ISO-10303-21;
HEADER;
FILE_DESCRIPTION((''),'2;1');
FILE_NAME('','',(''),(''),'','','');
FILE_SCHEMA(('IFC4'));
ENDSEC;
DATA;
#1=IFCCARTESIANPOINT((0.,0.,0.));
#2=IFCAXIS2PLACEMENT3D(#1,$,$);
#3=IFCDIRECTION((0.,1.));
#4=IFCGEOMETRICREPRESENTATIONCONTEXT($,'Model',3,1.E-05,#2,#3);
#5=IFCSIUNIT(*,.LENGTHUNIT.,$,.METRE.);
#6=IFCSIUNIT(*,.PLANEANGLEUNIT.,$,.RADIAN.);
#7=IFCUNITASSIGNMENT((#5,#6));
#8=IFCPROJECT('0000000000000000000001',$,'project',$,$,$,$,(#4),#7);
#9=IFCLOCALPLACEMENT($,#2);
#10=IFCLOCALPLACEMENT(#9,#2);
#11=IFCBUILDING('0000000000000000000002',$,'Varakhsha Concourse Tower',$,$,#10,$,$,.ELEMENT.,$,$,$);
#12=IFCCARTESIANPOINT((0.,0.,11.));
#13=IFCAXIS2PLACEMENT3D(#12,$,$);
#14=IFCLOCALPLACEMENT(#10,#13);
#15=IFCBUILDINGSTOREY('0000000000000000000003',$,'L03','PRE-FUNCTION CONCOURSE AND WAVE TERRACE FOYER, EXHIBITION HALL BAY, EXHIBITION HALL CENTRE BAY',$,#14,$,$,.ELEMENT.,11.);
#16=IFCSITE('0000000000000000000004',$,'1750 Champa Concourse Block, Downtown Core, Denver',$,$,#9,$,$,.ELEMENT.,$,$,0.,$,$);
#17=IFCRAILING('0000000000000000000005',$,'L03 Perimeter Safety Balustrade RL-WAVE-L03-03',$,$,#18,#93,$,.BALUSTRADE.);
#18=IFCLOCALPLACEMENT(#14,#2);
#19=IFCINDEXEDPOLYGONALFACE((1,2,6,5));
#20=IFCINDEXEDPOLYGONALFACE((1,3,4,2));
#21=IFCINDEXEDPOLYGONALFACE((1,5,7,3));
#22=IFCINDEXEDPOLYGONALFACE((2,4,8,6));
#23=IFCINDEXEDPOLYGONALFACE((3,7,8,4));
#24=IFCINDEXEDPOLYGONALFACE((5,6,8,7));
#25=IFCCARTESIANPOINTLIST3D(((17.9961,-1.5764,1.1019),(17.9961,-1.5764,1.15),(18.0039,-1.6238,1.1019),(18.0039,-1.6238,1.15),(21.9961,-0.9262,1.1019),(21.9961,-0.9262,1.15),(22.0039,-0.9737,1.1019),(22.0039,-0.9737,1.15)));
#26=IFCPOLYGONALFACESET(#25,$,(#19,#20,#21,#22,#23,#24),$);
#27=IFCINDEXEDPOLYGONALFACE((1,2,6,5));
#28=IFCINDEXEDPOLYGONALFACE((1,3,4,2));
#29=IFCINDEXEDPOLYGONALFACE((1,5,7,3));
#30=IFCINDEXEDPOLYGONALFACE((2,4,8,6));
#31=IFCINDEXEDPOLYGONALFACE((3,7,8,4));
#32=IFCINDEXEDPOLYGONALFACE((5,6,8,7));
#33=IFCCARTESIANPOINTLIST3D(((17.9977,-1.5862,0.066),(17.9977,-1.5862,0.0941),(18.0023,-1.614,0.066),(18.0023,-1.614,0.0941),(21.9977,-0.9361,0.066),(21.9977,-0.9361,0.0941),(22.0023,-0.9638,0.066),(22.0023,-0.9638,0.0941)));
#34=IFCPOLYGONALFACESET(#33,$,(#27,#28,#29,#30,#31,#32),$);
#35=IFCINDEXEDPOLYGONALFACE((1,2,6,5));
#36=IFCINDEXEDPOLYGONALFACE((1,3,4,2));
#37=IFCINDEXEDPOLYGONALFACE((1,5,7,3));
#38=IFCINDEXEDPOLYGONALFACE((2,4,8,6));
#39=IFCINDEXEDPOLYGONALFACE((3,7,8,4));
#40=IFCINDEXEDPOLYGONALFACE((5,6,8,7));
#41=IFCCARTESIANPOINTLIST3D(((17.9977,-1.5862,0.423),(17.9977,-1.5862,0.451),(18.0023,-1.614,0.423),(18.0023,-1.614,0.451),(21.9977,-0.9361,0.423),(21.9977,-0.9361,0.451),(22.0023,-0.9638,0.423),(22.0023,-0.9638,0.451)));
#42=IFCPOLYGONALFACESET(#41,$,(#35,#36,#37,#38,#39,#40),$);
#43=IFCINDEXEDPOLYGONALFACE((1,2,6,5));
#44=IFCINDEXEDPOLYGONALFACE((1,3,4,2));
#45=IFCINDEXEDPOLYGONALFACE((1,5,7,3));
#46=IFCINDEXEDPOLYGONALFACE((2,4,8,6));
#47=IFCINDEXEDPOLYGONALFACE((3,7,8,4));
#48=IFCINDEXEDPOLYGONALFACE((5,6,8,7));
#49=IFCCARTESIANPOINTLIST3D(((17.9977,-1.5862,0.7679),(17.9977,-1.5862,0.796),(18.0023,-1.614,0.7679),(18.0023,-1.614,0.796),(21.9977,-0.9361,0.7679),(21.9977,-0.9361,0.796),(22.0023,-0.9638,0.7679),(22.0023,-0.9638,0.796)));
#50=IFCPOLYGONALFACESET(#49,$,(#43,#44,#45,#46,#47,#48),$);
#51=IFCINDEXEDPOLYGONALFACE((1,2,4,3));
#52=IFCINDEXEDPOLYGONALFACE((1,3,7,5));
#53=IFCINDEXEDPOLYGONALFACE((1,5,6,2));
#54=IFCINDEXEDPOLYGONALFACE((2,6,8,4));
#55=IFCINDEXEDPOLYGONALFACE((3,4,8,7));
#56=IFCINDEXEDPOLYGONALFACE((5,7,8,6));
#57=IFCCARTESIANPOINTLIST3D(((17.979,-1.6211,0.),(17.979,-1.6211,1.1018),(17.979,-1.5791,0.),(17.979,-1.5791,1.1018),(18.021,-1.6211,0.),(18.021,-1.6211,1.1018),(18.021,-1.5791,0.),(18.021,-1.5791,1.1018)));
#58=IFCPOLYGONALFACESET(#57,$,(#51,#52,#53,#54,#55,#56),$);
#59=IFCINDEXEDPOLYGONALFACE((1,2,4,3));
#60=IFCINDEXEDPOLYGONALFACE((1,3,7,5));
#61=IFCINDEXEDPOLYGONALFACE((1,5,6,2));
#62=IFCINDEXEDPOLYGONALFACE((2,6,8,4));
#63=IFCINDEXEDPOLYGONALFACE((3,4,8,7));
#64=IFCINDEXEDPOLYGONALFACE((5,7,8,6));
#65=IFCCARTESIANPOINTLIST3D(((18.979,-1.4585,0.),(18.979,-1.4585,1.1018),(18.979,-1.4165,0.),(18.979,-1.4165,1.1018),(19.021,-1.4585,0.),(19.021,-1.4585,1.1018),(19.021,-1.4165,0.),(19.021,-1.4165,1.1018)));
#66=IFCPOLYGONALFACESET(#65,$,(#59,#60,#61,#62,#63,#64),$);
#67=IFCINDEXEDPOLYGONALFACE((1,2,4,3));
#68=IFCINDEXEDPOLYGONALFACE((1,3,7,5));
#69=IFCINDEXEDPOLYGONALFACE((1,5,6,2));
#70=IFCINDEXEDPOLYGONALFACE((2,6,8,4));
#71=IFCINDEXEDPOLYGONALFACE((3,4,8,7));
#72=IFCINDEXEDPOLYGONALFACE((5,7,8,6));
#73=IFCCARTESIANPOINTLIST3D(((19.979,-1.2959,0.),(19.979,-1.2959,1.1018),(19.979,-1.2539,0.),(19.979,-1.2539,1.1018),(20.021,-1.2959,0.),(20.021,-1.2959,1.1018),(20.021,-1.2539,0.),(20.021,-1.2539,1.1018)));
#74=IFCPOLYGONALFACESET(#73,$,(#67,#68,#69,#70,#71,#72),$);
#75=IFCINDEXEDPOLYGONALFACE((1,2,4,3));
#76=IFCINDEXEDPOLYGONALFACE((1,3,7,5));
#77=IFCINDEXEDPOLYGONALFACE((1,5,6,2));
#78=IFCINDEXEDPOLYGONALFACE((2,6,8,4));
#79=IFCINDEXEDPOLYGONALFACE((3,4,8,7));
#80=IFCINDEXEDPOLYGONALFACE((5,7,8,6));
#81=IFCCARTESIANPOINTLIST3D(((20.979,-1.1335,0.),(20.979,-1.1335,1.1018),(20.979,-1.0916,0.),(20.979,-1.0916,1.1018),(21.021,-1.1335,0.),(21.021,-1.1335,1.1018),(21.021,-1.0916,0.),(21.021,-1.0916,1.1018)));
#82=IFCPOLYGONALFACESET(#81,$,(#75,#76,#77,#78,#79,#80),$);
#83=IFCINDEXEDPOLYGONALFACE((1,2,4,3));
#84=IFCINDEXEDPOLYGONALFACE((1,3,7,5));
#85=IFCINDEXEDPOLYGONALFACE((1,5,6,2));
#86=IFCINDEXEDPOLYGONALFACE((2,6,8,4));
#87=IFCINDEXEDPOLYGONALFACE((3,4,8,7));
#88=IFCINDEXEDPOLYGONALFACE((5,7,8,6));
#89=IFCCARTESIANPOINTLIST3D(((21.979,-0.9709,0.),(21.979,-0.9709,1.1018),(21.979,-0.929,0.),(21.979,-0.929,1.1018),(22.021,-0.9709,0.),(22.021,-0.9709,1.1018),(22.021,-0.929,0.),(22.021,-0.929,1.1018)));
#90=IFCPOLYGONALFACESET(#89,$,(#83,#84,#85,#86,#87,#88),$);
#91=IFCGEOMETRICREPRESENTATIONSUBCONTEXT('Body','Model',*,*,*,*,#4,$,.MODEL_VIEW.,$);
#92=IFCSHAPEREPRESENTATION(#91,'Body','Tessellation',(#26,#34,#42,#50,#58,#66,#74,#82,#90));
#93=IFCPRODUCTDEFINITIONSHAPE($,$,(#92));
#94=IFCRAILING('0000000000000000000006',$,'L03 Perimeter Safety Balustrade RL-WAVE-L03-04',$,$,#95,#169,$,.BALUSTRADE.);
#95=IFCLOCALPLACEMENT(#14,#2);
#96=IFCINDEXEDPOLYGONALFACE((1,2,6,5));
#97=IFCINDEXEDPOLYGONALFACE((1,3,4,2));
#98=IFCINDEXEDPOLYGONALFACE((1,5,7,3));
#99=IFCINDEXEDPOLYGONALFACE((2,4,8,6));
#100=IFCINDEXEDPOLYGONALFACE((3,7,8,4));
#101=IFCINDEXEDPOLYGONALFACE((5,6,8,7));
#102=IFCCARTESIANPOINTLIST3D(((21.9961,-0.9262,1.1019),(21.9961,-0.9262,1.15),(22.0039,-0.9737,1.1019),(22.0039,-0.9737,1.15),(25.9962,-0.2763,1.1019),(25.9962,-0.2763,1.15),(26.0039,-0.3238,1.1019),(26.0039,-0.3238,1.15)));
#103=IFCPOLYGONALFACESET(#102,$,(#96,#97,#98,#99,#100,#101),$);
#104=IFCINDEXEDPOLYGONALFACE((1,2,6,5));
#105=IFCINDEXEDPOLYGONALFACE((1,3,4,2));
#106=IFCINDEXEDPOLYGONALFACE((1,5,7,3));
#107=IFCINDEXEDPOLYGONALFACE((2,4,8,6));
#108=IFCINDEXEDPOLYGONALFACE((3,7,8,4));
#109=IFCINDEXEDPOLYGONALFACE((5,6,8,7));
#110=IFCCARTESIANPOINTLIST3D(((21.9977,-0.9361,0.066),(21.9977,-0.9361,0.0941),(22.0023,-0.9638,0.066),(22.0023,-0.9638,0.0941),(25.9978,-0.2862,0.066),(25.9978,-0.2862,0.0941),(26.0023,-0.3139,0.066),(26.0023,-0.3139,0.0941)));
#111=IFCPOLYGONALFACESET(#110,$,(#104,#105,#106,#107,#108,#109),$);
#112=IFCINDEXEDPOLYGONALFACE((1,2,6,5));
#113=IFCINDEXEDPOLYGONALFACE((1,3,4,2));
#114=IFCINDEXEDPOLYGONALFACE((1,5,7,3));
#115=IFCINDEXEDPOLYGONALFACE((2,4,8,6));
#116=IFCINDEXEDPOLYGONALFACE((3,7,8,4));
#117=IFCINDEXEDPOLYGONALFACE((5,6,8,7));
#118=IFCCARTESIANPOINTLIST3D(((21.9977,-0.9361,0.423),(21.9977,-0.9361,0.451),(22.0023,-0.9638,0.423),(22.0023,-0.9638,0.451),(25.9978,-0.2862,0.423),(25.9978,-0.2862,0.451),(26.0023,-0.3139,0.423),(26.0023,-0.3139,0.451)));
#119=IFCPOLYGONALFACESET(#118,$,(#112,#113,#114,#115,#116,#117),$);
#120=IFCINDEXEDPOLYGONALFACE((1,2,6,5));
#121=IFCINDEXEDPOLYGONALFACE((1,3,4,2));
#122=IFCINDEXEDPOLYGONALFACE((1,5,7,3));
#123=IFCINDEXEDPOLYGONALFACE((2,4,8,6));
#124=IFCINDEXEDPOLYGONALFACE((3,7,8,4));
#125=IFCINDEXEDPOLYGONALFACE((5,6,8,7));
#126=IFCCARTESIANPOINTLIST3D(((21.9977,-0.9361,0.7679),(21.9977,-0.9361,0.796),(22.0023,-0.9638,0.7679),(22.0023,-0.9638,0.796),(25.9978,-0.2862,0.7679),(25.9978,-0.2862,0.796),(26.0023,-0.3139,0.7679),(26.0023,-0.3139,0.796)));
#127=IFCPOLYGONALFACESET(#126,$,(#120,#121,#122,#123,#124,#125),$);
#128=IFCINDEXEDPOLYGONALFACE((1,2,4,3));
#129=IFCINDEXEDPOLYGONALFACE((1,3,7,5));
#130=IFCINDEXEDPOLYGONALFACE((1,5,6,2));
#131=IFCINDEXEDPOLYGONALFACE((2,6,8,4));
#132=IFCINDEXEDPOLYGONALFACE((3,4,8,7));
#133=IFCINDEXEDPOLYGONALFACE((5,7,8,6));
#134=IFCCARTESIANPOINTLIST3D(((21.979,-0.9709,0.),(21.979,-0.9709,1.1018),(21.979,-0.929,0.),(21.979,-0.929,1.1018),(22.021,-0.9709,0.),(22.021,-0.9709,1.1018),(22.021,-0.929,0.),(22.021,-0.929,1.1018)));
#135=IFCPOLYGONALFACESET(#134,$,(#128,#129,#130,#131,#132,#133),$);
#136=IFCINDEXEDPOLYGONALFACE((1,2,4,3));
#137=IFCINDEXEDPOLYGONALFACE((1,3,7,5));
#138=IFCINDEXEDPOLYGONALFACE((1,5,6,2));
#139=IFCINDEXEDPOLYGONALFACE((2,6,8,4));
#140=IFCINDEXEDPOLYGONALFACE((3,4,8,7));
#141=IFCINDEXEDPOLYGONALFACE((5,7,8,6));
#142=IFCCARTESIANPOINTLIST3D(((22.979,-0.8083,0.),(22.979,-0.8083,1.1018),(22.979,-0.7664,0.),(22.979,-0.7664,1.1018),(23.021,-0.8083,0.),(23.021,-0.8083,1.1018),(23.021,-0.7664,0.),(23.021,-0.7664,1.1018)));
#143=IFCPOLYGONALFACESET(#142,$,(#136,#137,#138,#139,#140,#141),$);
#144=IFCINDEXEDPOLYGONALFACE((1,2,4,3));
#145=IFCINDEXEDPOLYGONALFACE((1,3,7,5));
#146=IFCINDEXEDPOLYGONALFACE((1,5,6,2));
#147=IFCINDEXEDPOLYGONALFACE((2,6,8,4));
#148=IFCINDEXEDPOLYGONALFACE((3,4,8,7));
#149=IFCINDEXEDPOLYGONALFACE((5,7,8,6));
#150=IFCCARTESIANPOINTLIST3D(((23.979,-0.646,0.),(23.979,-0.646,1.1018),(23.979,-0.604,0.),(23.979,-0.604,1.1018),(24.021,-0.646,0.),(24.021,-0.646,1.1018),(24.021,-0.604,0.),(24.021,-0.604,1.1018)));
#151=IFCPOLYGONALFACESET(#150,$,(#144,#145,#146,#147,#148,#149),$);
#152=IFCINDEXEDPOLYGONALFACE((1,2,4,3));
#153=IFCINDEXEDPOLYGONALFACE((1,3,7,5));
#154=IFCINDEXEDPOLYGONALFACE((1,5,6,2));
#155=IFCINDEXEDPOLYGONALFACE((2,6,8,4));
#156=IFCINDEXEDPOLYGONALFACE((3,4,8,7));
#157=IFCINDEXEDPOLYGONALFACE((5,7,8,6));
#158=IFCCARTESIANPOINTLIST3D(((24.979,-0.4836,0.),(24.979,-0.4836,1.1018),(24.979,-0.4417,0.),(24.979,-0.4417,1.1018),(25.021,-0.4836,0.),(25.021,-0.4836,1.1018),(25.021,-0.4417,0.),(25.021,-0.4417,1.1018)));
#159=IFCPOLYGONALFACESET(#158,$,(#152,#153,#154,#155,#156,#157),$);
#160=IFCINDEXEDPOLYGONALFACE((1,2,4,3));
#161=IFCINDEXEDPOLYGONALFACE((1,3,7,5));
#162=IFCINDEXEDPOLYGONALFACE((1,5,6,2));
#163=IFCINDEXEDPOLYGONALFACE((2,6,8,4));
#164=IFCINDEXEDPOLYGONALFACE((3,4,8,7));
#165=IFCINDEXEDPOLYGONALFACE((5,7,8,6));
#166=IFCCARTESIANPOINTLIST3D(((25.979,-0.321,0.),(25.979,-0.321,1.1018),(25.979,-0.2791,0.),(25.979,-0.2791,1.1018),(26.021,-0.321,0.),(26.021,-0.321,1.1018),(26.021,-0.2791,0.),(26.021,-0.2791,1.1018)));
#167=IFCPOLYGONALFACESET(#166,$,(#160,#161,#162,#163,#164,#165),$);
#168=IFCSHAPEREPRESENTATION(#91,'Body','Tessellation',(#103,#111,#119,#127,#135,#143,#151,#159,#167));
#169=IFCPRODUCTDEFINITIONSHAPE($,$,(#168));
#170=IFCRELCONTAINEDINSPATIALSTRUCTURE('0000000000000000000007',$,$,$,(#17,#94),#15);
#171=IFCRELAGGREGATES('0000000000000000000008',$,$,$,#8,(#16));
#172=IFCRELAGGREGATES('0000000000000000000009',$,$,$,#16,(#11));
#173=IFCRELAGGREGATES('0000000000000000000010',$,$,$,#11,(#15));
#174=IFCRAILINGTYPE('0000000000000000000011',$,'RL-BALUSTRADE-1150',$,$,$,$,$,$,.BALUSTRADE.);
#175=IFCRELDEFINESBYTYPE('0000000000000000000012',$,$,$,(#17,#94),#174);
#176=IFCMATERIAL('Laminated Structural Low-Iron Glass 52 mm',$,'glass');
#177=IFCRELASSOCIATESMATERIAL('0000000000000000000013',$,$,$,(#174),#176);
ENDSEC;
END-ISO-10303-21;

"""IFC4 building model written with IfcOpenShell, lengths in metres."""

from ifc_helpers import new_model, si_unit, direction, frame, origin, origin_2d, place, context, subcontext, project, spatial, rectangle, extrude, material, type_object, element, save


model = new_model("IFC4")

# Units and contexts
model_context = context("Model", 3, precision=1e-05, world=origin(), true_north=direction((0.0, 1.0)))
body_context = subcontext(model_context, "Body", "Model", "MODEL_VIEW")
ifc_project = project(units=[si_unit("LENGTHUNIT", "METRE"), si_unit("PLANEANGLEUNIT", "RADIAN")], contexts=[model_context])

# Site, building, storey
site_placement = place(None, origin())
site = spatial("IfcSite", under=ifc_project, at=site_placement, Name="1750 Champa Concourse Block, Downtown Core, Denver", CompositionType="ELEMENT", RefElevation=0.0)
building_placement = place(site_placement, origin())
building = spatial("IfcBuilding", under=site, at=building_placement, Name="Varakhsha Concourse Tower", CompositionType="ELEMENT")
storey_placement = place(building_placement, frame((0.0, 0.0, 11.0)))
storey = spatial("IfcBuildingStorey", under=building, at=storey_placement, Name="L03", Description="PRE-FUNCTION CONCOURSE AND WAVE TERRACE FOYER, EXHIBITION HALL BAY, EXHIBITION HALL CENTRE BAY", CompositionType="ELEMENT", Elevation=11.0)

# Railings
ifc_material_1 = material(Name="Laminated Structural Low-Iron Glass 52 mm", Category="glass")
railing_type_1 = type_object("IfcRailingType", Name="RL-BALUSTRADE-1150", PredefinedType="BALUSTRADE", material=ifc_material_1)
railing_1_placement = place(storey_placement, frame((18.0, -1.6001, 0.0)))
element("IfcRailing", 1, at=railing_1_placement, inside=storey, type_object=railing_type_1, Name="L03 Perimeter Safety Balustrade RL-WAVE-L03-03", PredefinedType="BALUSTRADE", context=body_context, shape_type="SweptSolid", body=[
    extrude(rectangle(XDim=0.0481, YDim=0.0481, at=origin_2d()), frame((0.0, 0.0, 1.126), z_axis=(0.987047, 0.160431, 0.0), x_axis=(-0.160431, 0.987047, 0.0)), (0.0, 0.0, 1.0), 4.0525),
    extrude(rectangle(XDim=0.0281, YDim=0.0281, at=origin_2d()), frame((0.0, 0.0, 0.0801), z_axis=(0.987047, 0.160431, 0.0), x_axis=(-0.160431, 0.987047, 0.0)), (0.0, 0.0, 1.0), 4.0525),
    extrude(rectangle(XDim=0.0281, YDim=0.0281, at=origin_2d()), frame((0.0, 0.0, 0.437), z_axis=(0.987047, 0.160431, 0.0), x_axis=(-0.160431, 0.987047, 0.0)), (0.0, 0.0, 1.0), 4.0525),
    extrude(rectangle(XDim=0.0281, YDim=0.0281, at=origin_2d()), frame((0.0, 0.0, 0.782), z_axis=(0.987047, 0.160431, 0.0), x_axis=(-0.160431, 0.987047, 0.0)), (0.0, 0.0, 1.0), 4.0525),
    extrude(rectangle(XDim=0.042, YDim=0.042, at=origin_2d()), origin(), (0.0, 0.0, 1.0), 1.1018),
    extrude(rectangle(XDim=0.042, YDim=0.042, at=origin_2d()), frame((1.0, 0.1626, 0.0)), (0.0, 0.0, 1.0), 1.1018),
    extrude(rectangle(XDim=0.042, YDim=0.042, at=origin_2d()), frame((2.0, 0.3252, 0.0)), (0.0, 0.0, 1.0), 1.1018),
    extrude(rectangle(XDim=0.042, YDim=0.042, at=origin_2d()), frame((3.0, 0.4875, 0.0)), (0.0, 0.0, 1.0), 1.1018),
    extrude(rectangle(XDim=0.042, YDim=0.042, at=origin_2d()), frame((4.0, 0.6501, 0.0)), (0.0, 0.0, 1.0), 1.1018),
])
railing_2_placement = place(storey_placement, frame((22.0, -0.95, 0.0)))
element("IfcRailing", 2, at=railing_2_placement, inside=storey, type_object=railing_type_1, Name="L03 Perimeter Safety Balustrade RL-WAVE-L03-04", PredefinedType="BALUSTRADE", context=body_context, shape_type="SweptSolid", body=[
    extrude(rectangle(XDim=0.0481, YDim=0.0481, at=origin_2d()), frame((0.0, 0.0, 1.126), z_axis=(0.987057, 0.160373, 0.0), x_axis=(-0.160373, 0.987057, 0.0)), (0.0, 0.0, 1.0), 4.0525),
    extrude(rectangle(XDim=0.0281, YDim=0.0281, at=origin_2d()), frame((0.0, 0.0, 0.0801), z_axis=(0.987057, 0.160373, 0.0), x_axis=(-0.160373, 0.987057, 0.0)), (0.0, 0.0, 1.0), 4.0525),
    extrude(rectangle(XDim=0.0281, YDim=0.0281, at=origin_2d()), frame((0.0, 0.0, 0.437), z_axis=(0.987057, 0.160373, 0.0), x_axis=(-0.160373, 0.987057, 0.0)), (0.0, 0.0, 1.0), 4.0525),
    extrude(rectangle(XDim=0.0281, YDim=0.0281, at=origin_2d()), frame((0.0, 0.0, 0.782), z_axis=(0.987057, 0.160373, 0.0), x_axis=(-0.160373, 0.987057, 0.0)), (0.0, 0.0, 1.0), 4.0525),
    extrude(rectangle(XDim=0.042, YDim=0.042, at=origin_2d()), origin(), (0.0, 0.0, 1.0), 1.1018),
    extrude(rectangle(XDim=0.042, YDim=0.042, at=origin_2d()), frame((1.0, 0.1626, 0.0)), (0.0, 0.0, 1.0), 1.1018),
    extrude(rectangle(XDim=0.042, YDim=0.042, at=origin_2d()), frame((2.0, 0.325, 0.0)), (0.0, 0.0, 1.0), 1.1018),
    extrude(rectangle(XDim=0.042, YDim=0.042, at=origin_2d()), frame((3.0, 0.4873, 0.0)), (0.0, 0.0, 1.0), 1.1018),
    extrude(rectangle(XDim=0.042, YDim=0.042, at=origin_2d()), frame((4.0, 0.6499, 0.0)), (0.0, 0.0, 1.0), 1.1018),
])

save(model, "model.ifc")
